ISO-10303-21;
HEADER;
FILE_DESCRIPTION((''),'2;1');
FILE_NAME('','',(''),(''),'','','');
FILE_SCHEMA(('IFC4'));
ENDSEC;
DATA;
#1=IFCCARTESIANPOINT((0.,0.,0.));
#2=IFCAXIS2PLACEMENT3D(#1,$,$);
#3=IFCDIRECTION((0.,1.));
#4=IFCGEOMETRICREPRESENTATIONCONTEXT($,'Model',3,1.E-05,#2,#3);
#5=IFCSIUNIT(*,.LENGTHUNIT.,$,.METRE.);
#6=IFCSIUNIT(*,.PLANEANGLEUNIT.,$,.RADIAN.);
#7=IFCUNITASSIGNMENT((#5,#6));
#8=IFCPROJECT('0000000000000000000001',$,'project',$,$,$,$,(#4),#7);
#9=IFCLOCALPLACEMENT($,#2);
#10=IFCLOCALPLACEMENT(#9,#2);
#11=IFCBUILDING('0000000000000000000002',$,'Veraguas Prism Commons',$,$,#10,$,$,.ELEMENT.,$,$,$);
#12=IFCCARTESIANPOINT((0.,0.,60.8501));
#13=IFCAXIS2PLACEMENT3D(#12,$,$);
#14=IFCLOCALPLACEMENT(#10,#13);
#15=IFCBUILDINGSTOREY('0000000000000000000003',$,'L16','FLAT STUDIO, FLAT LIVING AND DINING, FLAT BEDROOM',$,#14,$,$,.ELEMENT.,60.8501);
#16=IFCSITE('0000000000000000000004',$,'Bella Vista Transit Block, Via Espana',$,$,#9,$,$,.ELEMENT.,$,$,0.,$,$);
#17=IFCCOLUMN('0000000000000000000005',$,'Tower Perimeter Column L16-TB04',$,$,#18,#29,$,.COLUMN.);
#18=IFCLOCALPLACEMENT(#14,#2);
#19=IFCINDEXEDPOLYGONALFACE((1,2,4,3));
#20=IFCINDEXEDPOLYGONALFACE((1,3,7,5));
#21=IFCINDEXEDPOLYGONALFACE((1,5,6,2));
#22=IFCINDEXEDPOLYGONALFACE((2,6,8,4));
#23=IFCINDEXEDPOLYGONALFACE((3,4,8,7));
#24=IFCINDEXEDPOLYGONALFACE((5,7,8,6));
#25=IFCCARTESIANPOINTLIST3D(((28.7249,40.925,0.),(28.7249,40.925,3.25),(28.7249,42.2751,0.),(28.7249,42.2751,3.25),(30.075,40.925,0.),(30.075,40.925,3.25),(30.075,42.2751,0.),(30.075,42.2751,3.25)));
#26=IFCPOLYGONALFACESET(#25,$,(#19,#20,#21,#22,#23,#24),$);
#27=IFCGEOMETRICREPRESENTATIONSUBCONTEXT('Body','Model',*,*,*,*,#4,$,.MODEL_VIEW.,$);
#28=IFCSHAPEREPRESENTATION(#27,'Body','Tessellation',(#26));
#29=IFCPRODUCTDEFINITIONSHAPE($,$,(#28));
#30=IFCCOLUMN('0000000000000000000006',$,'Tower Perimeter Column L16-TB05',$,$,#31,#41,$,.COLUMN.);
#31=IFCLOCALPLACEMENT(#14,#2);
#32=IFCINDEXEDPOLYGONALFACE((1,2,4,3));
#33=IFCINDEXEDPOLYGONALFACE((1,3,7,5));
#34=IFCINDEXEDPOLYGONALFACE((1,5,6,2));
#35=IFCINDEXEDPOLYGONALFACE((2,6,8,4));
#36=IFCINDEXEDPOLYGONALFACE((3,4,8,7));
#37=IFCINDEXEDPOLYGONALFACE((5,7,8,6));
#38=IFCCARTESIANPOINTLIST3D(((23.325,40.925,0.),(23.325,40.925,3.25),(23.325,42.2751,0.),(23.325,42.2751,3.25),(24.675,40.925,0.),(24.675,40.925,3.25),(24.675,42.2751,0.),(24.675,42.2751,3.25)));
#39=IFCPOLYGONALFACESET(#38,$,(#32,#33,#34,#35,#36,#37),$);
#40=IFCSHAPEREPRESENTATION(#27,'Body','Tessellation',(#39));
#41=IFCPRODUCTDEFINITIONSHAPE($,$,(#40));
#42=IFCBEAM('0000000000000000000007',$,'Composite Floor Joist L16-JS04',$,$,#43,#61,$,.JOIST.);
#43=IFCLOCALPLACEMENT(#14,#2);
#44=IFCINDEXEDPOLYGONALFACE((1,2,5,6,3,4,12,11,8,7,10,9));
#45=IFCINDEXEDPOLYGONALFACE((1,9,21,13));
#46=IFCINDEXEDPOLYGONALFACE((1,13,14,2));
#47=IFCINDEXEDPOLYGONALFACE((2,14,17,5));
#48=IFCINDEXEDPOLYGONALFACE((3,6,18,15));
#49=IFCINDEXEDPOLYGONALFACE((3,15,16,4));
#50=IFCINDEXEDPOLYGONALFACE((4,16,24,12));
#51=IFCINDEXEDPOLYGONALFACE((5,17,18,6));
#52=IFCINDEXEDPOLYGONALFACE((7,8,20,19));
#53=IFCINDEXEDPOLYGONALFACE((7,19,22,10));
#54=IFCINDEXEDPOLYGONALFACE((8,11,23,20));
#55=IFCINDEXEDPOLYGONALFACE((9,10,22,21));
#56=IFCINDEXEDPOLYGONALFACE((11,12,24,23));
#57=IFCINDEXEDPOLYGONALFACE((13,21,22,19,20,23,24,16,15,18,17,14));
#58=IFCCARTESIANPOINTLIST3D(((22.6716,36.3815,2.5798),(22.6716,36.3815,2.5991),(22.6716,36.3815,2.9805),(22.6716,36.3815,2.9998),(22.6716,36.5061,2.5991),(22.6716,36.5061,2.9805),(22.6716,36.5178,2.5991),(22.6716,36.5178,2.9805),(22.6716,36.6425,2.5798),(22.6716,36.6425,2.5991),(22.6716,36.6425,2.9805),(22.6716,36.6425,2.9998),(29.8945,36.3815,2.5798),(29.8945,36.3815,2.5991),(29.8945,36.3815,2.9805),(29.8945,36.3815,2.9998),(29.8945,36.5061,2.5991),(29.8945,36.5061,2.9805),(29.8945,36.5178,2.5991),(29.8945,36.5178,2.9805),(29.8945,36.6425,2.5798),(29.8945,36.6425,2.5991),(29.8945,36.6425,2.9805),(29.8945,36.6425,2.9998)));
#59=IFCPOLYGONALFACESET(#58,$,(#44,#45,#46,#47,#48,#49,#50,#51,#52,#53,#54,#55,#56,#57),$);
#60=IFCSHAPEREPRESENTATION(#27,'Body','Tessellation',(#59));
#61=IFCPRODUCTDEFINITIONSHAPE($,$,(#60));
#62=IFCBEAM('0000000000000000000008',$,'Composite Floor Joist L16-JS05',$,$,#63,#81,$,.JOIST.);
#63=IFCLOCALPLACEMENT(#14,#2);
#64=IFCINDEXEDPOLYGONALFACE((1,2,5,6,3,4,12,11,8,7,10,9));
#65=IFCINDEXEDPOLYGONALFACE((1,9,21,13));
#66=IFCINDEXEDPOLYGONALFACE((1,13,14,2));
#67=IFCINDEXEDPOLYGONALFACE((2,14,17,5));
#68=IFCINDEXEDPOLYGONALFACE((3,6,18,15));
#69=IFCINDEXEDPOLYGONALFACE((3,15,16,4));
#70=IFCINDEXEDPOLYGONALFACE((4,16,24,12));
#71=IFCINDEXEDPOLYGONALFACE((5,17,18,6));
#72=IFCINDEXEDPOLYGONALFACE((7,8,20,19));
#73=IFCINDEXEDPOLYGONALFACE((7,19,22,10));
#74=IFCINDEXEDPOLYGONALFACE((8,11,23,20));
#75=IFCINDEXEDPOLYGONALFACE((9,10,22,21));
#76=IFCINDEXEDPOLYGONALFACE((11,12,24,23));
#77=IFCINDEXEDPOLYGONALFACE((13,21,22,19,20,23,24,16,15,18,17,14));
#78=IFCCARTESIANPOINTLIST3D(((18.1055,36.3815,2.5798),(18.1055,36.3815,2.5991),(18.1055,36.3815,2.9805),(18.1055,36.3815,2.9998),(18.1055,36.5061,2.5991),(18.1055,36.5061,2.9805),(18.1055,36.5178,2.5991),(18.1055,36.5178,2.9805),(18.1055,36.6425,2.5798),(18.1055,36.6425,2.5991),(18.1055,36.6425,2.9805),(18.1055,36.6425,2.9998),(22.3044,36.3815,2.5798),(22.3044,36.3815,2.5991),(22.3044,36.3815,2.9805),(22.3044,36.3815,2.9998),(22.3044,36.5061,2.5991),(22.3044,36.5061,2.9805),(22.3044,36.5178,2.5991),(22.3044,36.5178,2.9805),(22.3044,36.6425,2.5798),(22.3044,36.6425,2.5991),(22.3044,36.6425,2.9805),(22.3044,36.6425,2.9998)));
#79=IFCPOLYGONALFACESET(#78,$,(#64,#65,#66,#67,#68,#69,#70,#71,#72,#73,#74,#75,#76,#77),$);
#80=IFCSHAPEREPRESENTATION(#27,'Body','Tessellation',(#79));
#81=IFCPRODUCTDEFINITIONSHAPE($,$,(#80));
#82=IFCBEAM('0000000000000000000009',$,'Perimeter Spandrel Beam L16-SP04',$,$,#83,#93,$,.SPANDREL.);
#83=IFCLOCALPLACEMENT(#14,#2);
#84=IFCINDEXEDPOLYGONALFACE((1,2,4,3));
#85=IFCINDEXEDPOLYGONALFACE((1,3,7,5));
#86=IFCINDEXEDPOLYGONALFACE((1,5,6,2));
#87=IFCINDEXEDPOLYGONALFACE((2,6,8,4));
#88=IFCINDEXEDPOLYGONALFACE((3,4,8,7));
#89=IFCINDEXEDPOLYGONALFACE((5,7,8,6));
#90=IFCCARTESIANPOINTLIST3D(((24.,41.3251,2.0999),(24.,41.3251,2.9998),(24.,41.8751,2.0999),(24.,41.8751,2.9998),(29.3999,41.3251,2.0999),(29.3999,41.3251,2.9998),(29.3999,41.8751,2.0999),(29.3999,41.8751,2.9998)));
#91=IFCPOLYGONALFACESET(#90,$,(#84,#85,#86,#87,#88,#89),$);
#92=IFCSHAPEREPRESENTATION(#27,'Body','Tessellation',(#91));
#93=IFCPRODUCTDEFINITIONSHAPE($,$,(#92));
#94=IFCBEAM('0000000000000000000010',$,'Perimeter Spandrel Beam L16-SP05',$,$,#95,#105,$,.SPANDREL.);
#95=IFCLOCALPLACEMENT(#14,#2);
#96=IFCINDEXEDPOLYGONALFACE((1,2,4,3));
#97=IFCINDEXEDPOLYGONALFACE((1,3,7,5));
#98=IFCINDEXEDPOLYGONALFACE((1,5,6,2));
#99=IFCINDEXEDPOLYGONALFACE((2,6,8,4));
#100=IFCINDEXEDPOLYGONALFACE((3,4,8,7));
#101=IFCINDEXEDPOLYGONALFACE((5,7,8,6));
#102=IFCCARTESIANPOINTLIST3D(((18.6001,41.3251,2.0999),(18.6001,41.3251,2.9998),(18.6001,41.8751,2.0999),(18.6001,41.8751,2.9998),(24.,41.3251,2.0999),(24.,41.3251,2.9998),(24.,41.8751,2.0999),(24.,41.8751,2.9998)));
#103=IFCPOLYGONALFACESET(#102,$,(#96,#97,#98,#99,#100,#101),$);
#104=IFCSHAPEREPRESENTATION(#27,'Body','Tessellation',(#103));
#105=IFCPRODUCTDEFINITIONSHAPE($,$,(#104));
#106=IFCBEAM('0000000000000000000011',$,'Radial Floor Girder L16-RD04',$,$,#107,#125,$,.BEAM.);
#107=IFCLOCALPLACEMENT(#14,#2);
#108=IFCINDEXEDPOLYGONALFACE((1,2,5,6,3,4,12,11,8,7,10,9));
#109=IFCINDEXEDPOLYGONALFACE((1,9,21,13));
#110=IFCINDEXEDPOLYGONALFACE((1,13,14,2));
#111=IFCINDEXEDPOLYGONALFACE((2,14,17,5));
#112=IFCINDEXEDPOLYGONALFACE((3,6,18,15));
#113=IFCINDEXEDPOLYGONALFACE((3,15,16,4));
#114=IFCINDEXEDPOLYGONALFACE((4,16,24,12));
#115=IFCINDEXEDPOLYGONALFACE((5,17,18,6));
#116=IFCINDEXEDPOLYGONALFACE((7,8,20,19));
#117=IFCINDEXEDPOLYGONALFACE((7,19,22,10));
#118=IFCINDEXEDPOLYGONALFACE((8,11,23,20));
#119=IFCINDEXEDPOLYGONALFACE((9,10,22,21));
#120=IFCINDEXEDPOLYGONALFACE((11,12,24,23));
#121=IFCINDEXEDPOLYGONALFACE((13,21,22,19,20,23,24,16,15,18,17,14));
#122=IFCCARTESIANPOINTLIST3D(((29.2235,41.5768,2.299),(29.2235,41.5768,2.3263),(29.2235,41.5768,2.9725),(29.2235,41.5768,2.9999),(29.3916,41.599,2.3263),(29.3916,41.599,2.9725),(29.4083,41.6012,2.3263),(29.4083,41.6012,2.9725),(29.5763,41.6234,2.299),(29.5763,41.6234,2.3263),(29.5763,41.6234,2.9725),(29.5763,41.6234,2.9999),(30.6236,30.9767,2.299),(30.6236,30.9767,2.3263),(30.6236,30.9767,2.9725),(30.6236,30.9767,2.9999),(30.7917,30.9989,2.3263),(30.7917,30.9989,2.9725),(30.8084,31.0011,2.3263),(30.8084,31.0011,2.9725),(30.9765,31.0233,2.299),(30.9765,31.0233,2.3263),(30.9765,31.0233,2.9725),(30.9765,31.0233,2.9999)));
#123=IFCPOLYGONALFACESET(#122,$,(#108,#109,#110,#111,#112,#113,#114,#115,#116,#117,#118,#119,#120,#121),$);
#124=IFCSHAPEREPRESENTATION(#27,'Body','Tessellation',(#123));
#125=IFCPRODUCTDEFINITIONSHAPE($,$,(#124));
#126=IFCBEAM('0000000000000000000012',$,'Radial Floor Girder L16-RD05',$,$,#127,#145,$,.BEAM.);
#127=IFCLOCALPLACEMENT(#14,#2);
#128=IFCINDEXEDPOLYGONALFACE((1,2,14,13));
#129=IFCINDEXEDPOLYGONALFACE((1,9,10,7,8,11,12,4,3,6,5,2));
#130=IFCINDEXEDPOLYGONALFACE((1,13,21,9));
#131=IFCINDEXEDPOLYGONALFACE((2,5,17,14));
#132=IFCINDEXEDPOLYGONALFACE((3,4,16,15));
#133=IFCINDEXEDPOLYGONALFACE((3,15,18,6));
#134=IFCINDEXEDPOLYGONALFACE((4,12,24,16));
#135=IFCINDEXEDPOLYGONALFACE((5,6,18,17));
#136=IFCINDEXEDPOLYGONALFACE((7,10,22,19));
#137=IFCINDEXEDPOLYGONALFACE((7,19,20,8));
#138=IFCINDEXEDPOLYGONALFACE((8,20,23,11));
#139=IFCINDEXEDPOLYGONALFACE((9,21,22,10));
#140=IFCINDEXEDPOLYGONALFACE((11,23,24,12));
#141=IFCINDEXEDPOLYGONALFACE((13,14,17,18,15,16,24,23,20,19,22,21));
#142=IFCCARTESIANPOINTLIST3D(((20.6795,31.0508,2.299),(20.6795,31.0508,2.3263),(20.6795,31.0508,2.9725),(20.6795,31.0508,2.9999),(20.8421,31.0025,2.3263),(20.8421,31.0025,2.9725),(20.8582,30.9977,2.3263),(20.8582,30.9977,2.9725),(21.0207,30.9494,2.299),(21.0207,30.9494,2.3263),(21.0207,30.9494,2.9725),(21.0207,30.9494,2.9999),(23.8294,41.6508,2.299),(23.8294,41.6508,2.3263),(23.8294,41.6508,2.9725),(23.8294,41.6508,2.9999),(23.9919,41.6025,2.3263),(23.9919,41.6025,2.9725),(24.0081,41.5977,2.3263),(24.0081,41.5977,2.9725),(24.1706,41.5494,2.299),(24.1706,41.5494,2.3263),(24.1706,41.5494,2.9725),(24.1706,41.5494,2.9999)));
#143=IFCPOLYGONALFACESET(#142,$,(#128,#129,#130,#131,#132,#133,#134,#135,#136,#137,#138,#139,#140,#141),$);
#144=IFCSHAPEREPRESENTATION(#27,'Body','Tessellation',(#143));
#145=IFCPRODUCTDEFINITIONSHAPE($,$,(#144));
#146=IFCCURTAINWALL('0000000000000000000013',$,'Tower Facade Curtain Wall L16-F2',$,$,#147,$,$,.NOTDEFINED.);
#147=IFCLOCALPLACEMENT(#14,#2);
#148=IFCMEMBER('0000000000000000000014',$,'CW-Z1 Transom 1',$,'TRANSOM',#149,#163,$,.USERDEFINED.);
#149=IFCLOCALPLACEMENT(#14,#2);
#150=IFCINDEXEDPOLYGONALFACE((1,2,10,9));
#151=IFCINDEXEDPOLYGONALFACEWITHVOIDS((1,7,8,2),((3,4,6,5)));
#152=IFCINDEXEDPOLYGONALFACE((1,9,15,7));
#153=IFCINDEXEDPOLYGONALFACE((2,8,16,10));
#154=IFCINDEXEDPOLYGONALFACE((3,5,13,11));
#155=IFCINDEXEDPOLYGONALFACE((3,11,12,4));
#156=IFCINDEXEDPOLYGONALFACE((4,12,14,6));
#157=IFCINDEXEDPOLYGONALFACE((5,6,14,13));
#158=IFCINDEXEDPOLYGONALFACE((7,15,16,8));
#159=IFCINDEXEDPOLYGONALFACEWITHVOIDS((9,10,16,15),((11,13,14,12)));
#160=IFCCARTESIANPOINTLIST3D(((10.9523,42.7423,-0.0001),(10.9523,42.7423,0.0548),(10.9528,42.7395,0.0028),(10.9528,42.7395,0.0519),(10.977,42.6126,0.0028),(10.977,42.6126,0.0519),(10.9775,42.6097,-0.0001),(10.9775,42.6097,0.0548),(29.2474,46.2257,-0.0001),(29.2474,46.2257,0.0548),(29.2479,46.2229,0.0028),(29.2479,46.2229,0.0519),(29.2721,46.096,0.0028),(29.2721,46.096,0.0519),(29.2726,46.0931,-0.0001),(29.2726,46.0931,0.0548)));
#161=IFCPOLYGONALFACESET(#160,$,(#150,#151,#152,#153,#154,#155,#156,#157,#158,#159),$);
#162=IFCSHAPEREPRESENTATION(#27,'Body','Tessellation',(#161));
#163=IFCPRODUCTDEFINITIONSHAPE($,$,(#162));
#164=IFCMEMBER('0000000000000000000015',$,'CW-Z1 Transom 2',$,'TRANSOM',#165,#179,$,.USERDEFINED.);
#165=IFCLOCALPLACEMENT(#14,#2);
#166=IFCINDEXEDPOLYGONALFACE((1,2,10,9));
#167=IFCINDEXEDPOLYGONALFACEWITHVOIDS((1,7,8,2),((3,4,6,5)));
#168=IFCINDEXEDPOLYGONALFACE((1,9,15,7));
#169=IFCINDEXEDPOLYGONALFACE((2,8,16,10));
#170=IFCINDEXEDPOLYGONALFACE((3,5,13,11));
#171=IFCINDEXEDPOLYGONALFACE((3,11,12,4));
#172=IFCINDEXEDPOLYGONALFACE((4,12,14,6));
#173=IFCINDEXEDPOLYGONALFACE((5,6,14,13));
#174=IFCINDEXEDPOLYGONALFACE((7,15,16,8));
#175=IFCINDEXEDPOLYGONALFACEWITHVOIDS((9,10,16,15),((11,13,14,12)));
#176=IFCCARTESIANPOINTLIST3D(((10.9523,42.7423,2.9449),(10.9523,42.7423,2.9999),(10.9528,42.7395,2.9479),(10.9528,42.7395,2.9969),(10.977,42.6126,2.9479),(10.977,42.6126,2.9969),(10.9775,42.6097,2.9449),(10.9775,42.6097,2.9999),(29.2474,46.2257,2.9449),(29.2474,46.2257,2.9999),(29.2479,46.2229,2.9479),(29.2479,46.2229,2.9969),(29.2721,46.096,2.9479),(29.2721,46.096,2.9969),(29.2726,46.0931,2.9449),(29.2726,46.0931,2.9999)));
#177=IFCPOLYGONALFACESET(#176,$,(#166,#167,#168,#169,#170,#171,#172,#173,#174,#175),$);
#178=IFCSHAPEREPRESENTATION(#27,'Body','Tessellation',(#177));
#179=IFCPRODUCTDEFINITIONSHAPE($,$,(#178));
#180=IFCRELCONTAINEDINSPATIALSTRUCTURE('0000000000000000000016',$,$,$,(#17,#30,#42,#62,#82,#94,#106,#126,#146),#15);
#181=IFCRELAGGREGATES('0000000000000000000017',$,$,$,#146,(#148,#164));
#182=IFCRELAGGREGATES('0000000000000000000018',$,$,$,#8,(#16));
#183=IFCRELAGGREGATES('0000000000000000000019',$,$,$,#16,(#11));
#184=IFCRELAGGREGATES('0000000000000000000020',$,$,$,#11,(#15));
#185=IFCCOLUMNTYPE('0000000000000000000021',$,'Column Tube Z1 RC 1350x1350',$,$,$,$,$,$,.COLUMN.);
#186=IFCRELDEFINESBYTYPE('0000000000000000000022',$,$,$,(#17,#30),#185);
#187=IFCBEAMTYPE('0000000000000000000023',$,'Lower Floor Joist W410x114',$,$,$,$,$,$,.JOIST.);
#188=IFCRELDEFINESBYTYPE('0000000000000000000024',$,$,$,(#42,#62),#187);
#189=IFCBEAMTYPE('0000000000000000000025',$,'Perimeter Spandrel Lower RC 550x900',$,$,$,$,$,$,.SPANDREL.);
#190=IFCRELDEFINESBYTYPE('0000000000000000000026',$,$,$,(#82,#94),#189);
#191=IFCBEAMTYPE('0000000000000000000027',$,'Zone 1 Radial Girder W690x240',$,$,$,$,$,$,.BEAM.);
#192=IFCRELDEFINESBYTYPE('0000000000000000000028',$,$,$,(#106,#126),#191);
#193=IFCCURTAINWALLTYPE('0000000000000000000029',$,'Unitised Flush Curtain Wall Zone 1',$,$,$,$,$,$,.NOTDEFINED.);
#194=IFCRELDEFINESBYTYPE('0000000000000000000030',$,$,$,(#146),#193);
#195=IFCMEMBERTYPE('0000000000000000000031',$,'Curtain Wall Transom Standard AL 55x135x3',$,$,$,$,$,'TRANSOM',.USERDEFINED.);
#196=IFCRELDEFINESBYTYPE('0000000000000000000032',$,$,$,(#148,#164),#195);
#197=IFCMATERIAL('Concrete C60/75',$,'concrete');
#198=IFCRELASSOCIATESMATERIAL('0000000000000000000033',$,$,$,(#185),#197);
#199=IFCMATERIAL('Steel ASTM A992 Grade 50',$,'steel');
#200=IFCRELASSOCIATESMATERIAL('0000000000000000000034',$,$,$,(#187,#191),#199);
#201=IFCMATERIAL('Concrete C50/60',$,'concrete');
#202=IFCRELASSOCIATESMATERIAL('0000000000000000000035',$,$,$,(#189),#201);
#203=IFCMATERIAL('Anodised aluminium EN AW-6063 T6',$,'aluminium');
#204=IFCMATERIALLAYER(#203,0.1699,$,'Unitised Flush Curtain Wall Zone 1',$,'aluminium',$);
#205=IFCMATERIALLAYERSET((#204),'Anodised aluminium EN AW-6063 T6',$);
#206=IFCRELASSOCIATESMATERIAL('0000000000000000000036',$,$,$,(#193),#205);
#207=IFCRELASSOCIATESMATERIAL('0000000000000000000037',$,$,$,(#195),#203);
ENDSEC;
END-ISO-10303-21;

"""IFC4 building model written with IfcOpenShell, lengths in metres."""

from ifc_helpers import new_model, si_unit, direction, frame, origin, origin_2d, place, context, subcontext, project, spatial, rectangle, hollow_rectangle, i_section, extrude, source, transform, mapped, material, layer, layer_set, material_profile, profile_set, type_object, element, aggregate, save


model = new_model("IFC4")

# Units and contexts
model_context = context("Model", 3, precision=1e-05, world=origin(), true_north=direction((0.0, 1.0)))
body_context = subcontext(model_context, "Body", "Model", "MODEL_VIEW")
ifc_project = project(units=[si_unit("LENGTHUNIT", "METRE"), si_unit("PLANEANGLEUNIT", "RADIAN")], contexts=[model_context])

# Site, building, storey
site_placement = place(None, origin())
site = spatial("IfcSite", under=ifc_project, at=site_placement, Name="Bella Vista Transit Block, Via Espana", CompositionType="ELEMENT", RefElevation=0.0)
building_placement = place(site_placement, origin())
building = spatial("IfcBuilding", under=site, at=building_placement, Name="Veraguas Prism Commons", CompositionType="ELEMENT")
storey_placement = place(building_placement, frame((0.0, 0.0, 60.8501)))
storey = spatial("IfcBuildingStorey", under=building, at=storey_placement, Name="L16", Description="FLAT STUDIO, FLAT LIVING AND DINING, FLAT BEDROOM", CompositionType="ELEMENT", Elevation=60.8501)

# Columns
ifc_material_1 = material(Name="Concrete C60/75", Category="concrete")
ifc_material_profile_1 = material_profile(ifc_material_1, rectangle(XDim=1.3501, YDim=1.3501, at=origin_2d()), Name="RC1350X1350")
ifc_profile_set_1 = profile_set([ifc_material_profile_1], Name="Concrete C60/75")
column_type = type_object("IfcColumnType", Name="Column Tube Z1 RC 1350x1350", PredefinedType="COLUMN", material=ifc_profile_set_1)
for number, where, z_axis, x_axis, name in (
    (1, (29.3999, 41.6001, 0.0), (0.0, 0.0, 1.0), (1.0, 0.0, 0.0), "Tower Perimeter Column L16-TB04"),
    (2, (24.0, 41.6001, 0.0), (0.0, 0.0, 1.0), (1.0, 0.0, 0.0), "Tower Perimeter Column L16-TB05"),
):
    element("IfcColumn", number, at=place(storey_placement, frame(where, z_axis=z_axis, x_axis=x_axis)), inside=storey, type_object=column_type, Name=name, PredefinedType="COLUMN", context=body_context, shape_type="SweptSolid", body=[
        extrude(rectangle(XDim=1.3501, YDim=1.3501, at=origin_2d()), origin(), (0.0, 0.0, 1.0), 3.25),
    ])

# Beams
ifc_material_2 = material(Name="Steel ASTM A992 Grade 50", Category="steel")
ifc_material_profile_2 = material_profile(ifc_material_2, i_section(OverallWidth=0.261, OverallDepth=0.4199, WebThickness=0.0117, FlangeThickness=0.0193, at=origin_2d()), Name="W410X114")
ifc_profile_set_2 = profile_set([ifc_material_profile_2], Name="Steel ASTM A992 Grade 50")
beam_type_1 = type_object("IfcBeamType", Name="Lower Floor Joist W410x114", PredefinedType="JOIST", material=ifc_profile_set_2)
beam_1_placement = place(storey_placement, frame((29.8945, 36.512, 2.7898), z_axis=(-1.0, 0.0, 0.0), x_axis=(0.0, -1.0, 0.0)))
element("IfcBeam", 3, at=beam_1_placement, inside=storey, type_object=beam_type_1, Name="Composite Floor Joist L16-JS04", PredefinedType="JOIST", context=body_context, shape_type="SweptSolid", body=[
    extrude(i_section(OverallWidth=0.261, OverallDepth=0.4199, WebThickness=0.0117, FlangeThickness=0.0193, at=origin_2d()), origin(), (0.0, 0.0, 1.0), 7.2229),
])
beam_2_placement = place(storey_placement, frame((22.3044, 36.512, 2.7898), z_axis=(-1.0, 0.0, 0.0), x_axis=(0.0, -1.0, 0.0)))
element("IfcBeam", 4, at=beam_2_placement, inside=storey, type_object=beam_type_1, Name="Composite Floor Joist L16-JS05", PredefinedType="JOIST", context=body_context, shape_type="SweptSolid", body=[
    extrude(i_section(OverallWidth=0.261, OverallDepth=0.4199, WebThickness=0.0117, FlangeThickness=0.0193, at=origin_2d()), origin(), (0.0, 0.0, 1.0), 4.199),
])
ifc_material_3 = material(Name="Concrete C50/60", Category="concrete")
ifc_material_profile_3 = material_profile(ifc_material_3, rectangle(XDim=0.55, YDim=0.8999, at=origin_2d()), Name="RC550X900")
ifc_profile_set_3 = profile_set([ifc_material_profile_3], Name="Concrete C50/60")
beam_type_2 = type_object("IfcBeamType", Name="Perimeter Spandrel Lower RC 550x900", PredefinedType="SPANDREL", material=ifc_profile_set_3)
for number, where, z_axis, x_axis, name in (
    (5, (29.3999, 41.6001, 2.5498), (-1.0, 0.0, 0.0), (0.0, -1.0, 0.0), "Perimeter Spandrel Beam L16-SP04"),
    (6, (24.0, 41.6001, 2.5498), (-1.0, 0.0, 0.0), (0.0, -1.0, 0.0), "Perimeter Spandrel Beam L16-SP05"),
):
    element("IfcBeam", number, at=place(storey_placement, frame(where, z_axis=z_axis, x_axis=x_axis)), inside=storey, type_object=beam_type_2, Name=name, PredefinedType="SPANDREL", context=body_context, shape_type="SweptSolid", body=[
        extrude(rectangle(XDim=0.55, YDim=0.8999, at=origin_2d()), origin(), (0.0, 0.0, 1.0), 5.3999),
    ])
ifc_material_profile_4 = material_profile(ifc_material_2, i_section(OverallWidth=0.356, OverallDepth=0.7009, WebThickness=0.0168, FlangeThickness=0.0273, at=origin_2d()), Name="W690X240")
ifc_profile_set_4 = profile_set([ifc_material_profile_4], Name="Steel ASTM A992 Grade 50")
beam_type_3 = type_object("IfcBeamType", Name="Zone 1 Radial Girder W690x240", PredefinedType="BEAM", material=ifc_profile_set_4)
beam_3_placement = place(storey_placement, frame((29.3999, 41.6001, 2.6494), z_axis=(0.130951, -0.991389, 0.0), x_axis=(0.991389, 0.130951, 0.0)))
element("IfcBeam", 7, at=beam_3_placement, inside=storey, type_object=beam_type_3, Name="Radial Floor Girder L16-RD04", PredefinedType="BEAM", context=body_context, shape_type="SweptSolid", body=[
    extrude(i_section(OverallWidth=0.356, OverallDepth=0.7009, WebThickness=0.0168, FlangeThickness=0.0273, at=origin_2d()), origin(), (0.0, 0.0, 1.0), 10.6921),
])
beam_4_placement = place(storey_placement, frame((24.0, 41.6001, 2.6494), z_axis=(-0.284847, -0.958573, 0.0), x_axis=(0.958573, -0.284847, 0.0)))
element("IfcBeam", 8, at=beam_4_placement, inside=storey, type_object=beam_type_3, Name="Radial Floor Girder L16-RD05", PredefinedType="BEAM", context=body_context, shape_type="SweptSolid", body=[
    extrude(i_section(OverallWidth=0.356, OverallDepth=0.7009, WebThickness=0.0168, FlangeThickness=0.0273, at=origin_2d()), origin(), (0.0, 0.0, 1.0), 11.0581),
])

# Curtain wall, members
ifc_material_4 = material(Name="Anodised aluminium EN AW-6063 T6", Category="aluminium")
ifc_layer_1 = layer(ifc_material_4, 0.1699, Name="Unitised Flush Curtain Wall Zone 1", Category="aluminium")
ifc_layer_set_1 = layer_set([ifc_layer_1], Name="Anodised aluminium EN AW-6063 T6")
curtain_wall_type = type_object("IfcCurtainWallType", Name="Unitised Flush Curtain Wall Zone 1", PredefinedType="NOTDEFINED", material=ifc_layer_set_1)
curtain_wall_1_placement = place(storey_placement, origin())
curtain_wall_1 = element("IfcCurtainWall", 9, at=curtain_wall_1_placement, inside=storey, type_object=curtain_wall_type, Name="Tower Facade Curtain Wall L16-F2", PredefinedType="NOTDEFINED")
ifc_material_profile_5 = material_profile(ifc_material_4, hollow_rectangle(XDim=0.0549, YDim=0.135, WallThickness=0.0029, at=origin_2d()), Name="AL55X135X3")
ifc_profile_set_5 = profile_set([ifc_material_profile_5], Name="Anodised aluminium EN AW-6063 T6")
member_type_1 = type_object("IfcMemberType", Name="Curtain Wall Transom Standard AL 55x135x3", ElementType="TRANSOM", PredefinedType="USERDEFINED", material=ifc_profile_set_5)
shared_shape_1 = source(origin(), body_context, "Body", "SweptSolid", [
    extrude(hollow_rectangle(XDim=0.0549, YDim=0.135, WallThickness=0.0029, at=origin_2d()), origin(), (0.0, 0.0, 1.0), 18.6238),
])
member_1_placement = place(storey_placement, frame((29.26, 46.1594, 0.0273), z_axis=(-0.982352, -0.18704, 0.0), x_axis=(0.0, 0.0, 1.0)))
member_1 = element("IfcMember", 10, at=member_1_placement, type_object=member_type_1, Name="CW-Z1 Transom 1", ObjectType="TRANSOM", PredefinedType="USERDEFINED", context=body_context, shape_type="MappedRepresentation", body=[
    mapped(shared_shape_1, transform((0.0, 0.0, 0.0), scale=1.0)),
])
member_2_placement = place(storey_placement, frame((29.26, 46.1594, 2.9724), z_axis=(-0.982352, -0.18704, 0.0), x_axis=(0.0, 0.0, 1.0)))
member_2 = element("IfcMember", 11, at=member_2_placement, type_object=member_type_1, Name="CW-Z1 Transom 2", ObjectType="TRANSOM", PredefinedType="USERDEFINED", context=body_context, shape_type="MappedRepresentation", body=[
    mapped(shared_shape_1, transform((0.0, 0.0, 0.0), scale=1.0)),
])

aggregate(curtain_wall_1, [member_1, member_2])

save(model, "model.ifc")
